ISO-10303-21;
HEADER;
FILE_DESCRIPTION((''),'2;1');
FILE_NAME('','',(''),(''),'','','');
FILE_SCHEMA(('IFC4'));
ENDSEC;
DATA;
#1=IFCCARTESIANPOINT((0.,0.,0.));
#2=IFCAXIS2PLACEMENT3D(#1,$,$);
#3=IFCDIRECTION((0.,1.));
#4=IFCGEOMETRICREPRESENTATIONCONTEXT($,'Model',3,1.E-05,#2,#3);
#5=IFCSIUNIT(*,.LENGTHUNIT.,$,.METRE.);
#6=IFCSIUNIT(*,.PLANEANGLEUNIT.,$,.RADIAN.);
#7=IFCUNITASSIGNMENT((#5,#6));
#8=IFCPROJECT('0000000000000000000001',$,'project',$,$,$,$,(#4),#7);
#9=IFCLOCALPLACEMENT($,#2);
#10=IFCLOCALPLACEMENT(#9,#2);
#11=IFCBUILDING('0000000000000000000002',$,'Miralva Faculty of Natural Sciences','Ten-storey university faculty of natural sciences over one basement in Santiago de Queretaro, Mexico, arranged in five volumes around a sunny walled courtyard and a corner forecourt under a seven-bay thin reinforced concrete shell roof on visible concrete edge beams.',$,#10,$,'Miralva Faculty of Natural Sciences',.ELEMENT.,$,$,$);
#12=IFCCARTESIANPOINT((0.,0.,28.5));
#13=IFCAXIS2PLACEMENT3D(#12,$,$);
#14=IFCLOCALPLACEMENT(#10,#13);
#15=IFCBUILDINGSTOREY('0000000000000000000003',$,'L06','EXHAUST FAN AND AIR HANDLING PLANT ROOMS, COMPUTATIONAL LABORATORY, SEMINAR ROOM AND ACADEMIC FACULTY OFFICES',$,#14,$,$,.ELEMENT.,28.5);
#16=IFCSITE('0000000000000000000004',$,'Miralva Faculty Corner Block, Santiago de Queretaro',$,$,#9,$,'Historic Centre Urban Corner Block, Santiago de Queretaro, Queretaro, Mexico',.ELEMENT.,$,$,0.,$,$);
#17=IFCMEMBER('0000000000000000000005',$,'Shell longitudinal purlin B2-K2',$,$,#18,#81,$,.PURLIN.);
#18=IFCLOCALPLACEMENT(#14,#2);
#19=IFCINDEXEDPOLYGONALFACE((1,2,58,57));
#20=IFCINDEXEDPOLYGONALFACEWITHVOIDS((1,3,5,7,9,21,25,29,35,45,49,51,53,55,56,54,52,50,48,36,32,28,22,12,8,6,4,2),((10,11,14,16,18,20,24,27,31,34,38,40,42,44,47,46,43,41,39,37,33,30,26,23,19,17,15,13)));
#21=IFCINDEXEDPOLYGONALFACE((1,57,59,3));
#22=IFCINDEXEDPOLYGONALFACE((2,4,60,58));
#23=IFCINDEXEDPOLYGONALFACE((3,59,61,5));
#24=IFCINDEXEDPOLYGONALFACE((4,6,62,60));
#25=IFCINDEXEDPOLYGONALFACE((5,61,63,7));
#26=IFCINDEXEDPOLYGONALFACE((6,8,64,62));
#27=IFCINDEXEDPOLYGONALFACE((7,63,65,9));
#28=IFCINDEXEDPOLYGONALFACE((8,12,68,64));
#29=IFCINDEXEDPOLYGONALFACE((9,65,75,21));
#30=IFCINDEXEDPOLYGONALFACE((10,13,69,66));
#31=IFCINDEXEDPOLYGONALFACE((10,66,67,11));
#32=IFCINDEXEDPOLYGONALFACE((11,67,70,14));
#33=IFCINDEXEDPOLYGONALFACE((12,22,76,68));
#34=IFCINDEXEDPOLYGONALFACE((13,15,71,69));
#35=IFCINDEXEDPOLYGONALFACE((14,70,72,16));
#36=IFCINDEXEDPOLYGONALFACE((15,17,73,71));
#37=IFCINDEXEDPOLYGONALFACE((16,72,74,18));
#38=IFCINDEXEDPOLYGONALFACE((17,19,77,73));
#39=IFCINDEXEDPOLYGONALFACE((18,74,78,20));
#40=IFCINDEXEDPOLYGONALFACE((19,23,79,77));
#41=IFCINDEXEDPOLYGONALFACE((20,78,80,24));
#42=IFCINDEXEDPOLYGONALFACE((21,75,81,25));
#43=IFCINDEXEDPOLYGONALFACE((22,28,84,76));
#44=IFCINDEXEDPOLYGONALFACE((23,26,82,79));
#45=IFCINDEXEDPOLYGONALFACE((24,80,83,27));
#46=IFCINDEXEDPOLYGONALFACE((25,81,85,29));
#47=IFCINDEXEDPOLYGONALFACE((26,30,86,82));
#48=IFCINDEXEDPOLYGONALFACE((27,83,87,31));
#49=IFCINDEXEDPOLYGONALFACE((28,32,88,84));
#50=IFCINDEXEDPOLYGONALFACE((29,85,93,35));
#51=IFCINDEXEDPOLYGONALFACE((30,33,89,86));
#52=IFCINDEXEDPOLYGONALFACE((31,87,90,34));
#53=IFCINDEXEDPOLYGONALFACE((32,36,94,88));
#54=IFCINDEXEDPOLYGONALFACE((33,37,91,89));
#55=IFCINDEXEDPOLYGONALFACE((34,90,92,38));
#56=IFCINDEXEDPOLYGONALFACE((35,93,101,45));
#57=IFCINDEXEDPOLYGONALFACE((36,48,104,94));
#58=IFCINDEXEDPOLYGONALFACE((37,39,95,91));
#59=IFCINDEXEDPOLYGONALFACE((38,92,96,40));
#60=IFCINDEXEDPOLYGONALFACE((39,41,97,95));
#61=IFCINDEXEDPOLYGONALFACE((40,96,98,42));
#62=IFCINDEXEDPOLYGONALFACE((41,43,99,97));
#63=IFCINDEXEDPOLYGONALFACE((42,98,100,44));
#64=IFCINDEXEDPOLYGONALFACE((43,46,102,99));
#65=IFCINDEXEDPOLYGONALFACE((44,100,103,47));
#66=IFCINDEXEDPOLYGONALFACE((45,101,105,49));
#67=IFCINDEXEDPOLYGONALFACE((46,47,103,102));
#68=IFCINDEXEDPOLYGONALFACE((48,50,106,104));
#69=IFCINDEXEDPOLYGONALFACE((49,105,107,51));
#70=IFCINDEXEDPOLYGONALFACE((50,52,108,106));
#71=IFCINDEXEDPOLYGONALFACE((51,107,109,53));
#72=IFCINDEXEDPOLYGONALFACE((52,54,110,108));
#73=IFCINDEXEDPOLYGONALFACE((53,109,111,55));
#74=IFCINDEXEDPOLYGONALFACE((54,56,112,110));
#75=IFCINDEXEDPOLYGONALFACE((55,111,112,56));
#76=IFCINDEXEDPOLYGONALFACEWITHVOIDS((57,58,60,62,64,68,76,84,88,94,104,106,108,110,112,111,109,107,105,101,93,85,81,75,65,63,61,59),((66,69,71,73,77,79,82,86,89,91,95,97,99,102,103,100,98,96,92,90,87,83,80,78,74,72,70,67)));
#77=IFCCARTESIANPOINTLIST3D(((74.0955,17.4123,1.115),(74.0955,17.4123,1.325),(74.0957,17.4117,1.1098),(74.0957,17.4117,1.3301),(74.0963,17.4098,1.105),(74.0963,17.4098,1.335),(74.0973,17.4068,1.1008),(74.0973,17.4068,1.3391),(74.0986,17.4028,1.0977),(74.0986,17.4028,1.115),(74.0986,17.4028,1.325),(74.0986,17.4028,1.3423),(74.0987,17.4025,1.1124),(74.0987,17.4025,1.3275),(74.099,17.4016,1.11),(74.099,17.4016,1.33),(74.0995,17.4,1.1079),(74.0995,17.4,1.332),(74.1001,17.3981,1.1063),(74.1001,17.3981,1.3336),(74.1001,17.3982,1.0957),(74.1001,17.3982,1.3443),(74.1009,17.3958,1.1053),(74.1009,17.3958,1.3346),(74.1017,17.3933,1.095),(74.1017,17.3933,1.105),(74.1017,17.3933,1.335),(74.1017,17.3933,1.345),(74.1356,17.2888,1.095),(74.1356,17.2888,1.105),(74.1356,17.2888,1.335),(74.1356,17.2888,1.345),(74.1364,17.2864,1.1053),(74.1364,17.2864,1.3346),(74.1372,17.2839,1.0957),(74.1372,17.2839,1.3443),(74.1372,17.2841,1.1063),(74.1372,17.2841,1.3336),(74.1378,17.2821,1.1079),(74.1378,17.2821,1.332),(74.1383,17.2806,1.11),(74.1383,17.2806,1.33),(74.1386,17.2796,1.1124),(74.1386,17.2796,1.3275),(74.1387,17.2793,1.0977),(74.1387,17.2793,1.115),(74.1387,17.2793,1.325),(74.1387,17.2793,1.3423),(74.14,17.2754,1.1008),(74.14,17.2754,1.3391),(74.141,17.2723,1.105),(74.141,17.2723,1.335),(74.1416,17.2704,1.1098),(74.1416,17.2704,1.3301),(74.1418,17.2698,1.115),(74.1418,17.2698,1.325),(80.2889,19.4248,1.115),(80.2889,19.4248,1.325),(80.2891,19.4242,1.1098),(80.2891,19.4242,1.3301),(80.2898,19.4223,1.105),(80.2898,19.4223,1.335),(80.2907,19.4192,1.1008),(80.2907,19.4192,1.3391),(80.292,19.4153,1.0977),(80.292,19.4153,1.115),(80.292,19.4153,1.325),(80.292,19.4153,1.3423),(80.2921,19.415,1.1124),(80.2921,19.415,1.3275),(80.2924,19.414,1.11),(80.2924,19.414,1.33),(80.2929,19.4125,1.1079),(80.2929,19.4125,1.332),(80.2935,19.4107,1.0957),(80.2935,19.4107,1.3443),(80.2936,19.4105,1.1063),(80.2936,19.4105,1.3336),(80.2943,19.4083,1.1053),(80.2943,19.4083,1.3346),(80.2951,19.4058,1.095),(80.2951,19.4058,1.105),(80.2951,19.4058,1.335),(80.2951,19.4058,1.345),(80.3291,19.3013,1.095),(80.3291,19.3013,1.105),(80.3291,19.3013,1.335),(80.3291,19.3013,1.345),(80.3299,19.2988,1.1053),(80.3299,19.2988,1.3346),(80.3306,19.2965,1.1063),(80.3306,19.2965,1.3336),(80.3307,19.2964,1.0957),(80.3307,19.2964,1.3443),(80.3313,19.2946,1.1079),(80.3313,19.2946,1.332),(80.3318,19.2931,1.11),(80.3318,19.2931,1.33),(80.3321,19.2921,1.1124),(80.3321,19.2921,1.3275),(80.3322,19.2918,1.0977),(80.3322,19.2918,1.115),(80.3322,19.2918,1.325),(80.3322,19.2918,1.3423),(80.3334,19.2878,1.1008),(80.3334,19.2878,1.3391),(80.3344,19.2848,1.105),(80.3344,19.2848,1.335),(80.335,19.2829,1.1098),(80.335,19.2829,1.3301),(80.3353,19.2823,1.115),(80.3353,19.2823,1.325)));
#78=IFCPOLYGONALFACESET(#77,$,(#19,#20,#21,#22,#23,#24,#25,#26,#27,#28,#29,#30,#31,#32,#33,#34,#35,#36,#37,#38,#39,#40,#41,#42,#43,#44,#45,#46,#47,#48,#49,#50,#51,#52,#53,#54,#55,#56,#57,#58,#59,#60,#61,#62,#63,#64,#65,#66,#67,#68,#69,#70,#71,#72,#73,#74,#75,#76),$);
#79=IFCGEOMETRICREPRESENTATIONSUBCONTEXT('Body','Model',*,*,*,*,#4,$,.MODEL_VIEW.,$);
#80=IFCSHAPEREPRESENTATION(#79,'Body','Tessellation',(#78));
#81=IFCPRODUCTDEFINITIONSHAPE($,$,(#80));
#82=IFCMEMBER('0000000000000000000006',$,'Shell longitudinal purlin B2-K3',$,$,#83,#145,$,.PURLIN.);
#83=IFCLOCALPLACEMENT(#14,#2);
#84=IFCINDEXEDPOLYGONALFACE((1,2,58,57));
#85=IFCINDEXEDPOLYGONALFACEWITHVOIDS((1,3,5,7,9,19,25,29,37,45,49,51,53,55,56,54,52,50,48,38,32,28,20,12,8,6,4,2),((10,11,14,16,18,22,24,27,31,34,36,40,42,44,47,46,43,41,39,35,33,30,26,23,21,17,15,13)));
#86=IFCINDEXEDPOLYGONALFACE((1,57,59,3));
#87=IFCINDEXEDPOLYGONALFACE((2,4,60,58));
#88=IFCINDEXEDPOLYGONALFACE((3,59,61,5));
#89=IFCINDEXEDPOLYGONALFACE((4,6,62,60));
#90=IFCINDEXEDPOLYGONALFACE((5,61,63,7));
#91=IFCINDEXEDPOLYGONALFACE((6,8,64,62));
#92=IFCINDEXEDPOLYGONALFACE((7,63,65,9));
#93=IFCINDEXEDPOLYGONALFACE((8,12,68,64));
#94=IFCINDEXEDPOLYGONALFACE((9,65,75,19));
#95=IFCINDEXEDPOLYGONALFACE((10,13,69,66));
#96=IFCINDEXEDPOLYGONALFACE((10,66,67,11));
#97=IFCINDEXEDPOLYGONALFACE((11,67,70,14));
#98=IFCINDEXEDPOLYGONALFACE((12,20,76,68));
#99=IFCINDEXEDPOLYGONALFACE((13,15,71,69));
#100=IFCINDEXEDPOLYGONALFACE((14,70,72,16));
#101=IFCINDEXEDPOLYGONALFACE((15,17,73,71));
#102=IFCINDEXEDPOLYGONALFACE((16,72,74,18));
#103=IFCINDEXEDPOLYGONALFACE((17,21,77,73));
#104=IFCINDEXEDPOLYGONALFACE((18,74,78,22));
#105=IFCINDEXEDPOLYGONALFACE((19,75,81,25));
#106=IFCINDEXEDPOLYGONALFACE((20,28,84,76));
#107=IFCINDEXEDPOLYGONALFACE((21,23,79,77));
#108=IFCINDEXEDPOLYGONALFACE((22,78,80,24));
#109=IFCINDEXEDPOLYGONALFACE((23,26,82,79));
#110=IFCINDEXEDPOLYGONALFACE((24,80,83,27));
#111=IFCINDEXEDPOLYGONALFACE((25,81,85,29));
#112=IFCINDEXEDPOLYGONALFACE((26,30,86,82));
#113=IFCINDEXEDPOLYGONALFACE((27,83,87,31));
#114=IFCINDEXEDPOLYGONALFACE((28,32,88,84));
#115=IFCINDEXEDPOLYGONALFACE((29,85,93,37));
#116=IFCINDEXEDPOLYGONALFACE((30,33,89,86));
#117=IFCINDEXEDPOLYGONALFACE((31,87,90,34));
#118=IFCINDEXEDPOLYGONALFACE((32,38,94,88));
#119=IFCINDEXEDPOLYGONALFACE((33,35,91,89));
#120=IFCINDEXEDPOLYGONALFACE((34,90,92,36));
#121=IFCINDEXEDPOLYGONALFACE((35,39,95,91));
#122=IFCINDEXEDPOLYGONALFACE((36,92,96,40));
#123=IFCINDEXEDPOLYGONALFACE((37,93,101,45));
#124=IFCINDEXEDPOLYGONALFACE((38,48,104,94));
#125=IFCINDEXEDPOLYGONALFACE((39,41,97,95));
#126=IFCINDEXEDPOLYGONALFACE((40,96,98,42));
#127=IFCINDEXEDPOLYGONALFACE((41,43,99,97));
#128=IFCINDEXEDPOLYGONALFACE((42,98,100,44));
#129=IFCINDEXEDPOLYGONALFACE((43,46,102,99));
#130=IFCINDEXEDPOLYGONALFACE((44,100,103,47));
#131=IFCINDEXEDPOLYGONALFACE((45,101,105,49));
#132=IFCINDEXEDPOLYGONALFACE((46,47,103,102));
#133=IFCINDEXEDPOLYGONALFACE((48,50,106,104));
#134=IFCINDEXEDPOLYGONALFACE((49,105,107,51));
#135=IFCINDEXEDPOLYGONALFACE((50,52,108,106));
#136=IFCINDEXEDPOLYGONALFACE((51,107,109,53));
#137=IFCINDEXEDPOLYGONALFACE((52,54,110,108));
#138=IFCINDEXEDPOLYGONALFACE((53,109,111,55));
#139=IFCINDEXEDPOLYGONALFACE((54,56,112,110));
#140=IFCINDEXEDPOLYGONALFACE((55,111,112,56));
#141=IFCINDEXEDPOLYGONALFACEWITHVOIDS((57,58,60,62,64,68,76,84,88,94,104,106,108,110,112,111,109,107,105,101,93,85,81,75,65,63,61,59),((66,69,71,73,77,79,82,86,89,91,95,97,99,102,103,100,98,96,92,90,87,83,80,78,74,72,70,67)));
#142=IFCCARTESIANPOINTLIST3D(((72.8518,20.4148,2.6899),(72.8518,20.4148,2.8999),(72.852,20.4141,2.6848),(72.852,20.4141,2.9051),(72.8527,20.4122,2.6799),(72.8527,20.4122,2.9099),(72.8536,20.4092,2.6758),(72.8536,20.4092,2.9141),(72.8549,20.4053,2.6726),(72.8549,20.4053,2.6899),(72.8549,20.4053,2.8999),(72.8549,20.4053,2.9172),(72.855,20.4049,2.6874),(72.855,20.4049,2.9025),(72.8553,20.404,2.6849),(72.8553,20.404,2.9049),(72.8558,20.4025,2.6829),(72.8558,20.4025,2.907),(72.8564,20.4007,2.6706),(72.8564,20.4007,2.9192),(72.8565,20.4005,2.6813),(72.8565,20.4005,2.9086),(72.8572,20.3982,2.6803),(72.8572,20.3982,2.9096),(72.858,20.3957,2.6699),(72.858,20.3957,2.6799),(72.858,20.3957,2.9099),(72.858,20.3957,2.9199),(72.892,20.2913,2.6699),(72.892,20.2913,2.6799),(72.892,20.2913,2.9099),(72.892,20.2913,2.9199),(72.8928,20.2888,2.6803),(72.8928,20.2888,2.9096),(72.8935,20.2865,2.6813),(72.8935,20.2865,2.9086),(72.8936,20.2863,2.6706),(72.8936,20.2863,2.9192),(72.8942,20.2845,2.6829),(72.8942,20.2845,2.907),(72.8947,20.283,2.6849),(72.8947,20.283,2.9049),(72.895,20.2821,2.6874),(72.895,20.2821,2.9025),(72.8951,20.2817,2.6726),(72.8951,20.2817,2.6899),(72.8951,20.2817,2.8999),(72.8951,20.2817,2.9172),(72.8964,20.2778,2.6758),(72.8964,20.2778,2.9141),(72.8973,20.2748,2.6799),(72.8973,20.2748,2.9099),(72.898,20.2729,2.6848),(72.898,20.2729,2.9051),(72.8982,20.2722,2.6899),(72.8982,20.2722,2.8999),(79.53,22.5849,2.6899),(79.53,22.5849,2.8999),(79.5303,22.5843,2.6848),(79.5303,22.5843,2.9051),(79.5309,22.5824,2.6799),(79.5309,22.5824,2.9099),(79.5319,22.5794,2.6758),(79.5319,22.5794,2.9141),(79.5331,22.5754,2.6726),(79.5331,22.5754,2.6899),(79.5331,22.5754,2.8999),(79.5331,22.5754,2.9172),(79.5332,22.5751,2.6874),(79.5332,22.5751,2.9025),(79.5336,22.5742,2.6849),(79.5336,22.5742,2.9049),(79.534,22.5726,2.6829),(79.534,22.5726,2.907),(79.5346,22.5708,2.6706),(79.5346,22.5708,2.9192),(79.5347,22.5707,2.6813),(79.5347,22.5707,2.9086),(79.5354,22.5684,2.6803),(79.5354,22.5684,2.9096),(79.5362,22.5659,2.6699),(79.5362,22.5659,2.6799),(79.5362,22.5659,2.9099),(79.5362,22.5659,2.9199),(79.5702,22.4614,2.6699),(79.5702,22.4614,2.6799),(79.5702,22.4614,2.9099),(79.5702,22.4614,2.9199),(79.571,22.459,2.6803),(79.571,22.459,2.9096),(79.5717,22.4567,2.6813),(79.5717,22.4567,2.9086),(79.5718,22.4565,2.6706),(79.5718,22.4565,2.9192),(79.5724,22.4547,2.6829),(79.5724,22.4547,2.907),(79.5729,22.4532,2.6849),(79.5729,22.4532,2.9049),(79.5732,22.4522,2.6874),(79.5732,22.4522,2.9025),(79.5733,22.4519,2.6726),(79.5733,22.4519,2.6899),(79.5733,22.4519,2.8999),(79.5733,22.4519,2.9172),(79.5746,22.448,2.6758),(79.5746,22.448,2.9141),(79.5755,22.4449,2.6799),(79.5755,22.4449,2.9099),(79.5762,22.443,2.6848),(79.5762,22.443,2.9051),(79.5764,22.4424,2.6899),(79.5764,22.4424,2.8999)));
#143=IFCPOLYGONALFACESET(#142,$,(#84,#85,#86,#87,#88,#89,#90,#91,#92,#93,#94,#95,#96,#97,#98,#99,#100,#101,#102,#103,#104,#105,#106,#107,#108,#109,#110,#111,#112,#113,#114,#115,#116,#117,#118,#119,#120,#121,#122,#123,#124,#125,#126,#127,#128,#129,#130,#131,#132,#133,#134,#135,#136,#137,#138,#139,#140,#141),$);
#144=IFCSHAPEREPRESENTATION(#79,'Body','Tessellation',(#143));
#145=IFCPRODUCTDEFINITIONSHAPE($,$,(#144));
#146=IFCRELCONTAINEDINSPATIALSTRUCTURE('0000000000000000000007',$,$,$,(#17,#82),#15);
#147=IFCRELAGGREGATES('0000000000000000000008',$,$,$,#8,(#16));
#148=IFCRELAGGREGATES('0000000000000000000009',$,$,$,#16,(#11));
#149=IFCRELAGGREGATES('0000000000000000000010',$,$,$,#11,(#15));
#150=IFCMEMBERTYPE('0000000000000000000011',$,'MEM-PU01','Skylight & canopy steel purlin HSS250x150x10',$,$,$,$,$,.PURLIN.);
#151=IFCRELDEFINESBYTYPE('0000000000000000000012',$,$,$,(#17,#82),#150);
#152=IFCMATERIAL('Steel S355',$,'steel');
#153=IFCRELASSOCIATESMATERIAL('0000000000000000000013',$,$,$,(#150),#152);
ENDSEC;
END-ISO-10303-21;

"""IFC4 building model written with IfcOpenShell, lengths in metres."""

from ifc_helpers import new_model, si_unit, direction, frame, origin, origin_2d, place, context, subcontext, project, spatial, hollow_rectangle, extrude, material, material_profile, profile_set, type_object, element, save


model = new_model("IFC4")

# Units and contexts
model_context = context("Model", 3, precision=1e-05, world=origin(), true_north=direction((0.0, 1.0)))
body_context = subcontext(model_context, "Body", "Model", "MODEL_VIEW")
ifc_project = project(units=[si_unit("LENGTHUNIT", "METRE"), si_unit("PLANEANGLEUNIT", "RADIAN")], contexts=[model_context])

# Site, building, storey
site_placement = place(None, origin())
site = spatial("IfcSite", under=ifc_project, at=site_placement, Name="Miralva Faculty Corner Block, Santiago de Queretaro", LongName="Historic Centre Urban Corner Block, Santiago de Queretaro, Queretaro, Mexico", CompositionType="ELEMENT", RefElevation=0.0)
building_placement = place(site_placement, origin())
building = spatial("IfcBuilding", under=site, at=building_placement, Name="Miralva Faculty of Natural Sciences", Description="Ten-storey university faculty of natural sciences over one basement in Santiago de Queretaro, Mexico, arranged in five volumes around a sunny walled courtyard and a corner forecourt under a seven-bay thin reinforced concrete shell roof on visible concrete edge beams.", LongName="Miralva Faculty of Natural Sciences", CompositionType="ELEMENT")
storey_placement = place(building_placement, frame((0.0, 0.0, 28.5)))
storey = spatial("IfcBuildingStorey", under=building, at=storey_placement, Name="L06", Description="EXHAUST FAN AND AIR HANDLING PLANT ROOMS, COMPUTATIONAL LABORATORY, SEMINAR ROOM AND ACADEMIC FACULTY OFFICES", CompositionType="ELEMENT", Elevation=28.5)

# Members
ifc_material_1 = material(Name="Steel S355", Category="steel")
ifc_material_profile_1 = material_profile(ifc_material_1, hollow_rectangle(XDim=0.1499, YDim=0.25, WallThickness=0.01, InnerFilletRadius=0.01, OuterFilletRadius=0.02, at=origin_2d()), Name="HSS 250x150x10")
ifc_profile_set_1 = profile_set([ifc_material_profile_1], Name="Steel S355")
member_type = type_object("IfcMemberType", Name="MEM-PU01", Description="Skylight & canopy steel purlin HSS250x150x10", PredefinedType="PURLIN", material=ifc_profile_set_1)
member_1_placement = place(storey_placement, frame((74.1187, 17.3411, 1.22), z_axis=(0.951052, 0.309032, 0.0), x_axis=(-0.309032, 0.951052, 0.0)))
element("IfcMember", 1, at=member_1_placement, inside=storey, type_object=member_type, Name="Shell longitudinal purlin B2-K2", PredefinedType="PURLIN", context=body_context, shape_type="SweptSolid", body=[
    extrude(hollow_rectangle(XDim=0.1499, YDim=0.25, WallThickness=0.01, InnerFilletRadius=0.01, OuterFilletRadius=0.02, at=origin_2d()), origin(), (0.0, 0.0, 1.0), 6.5122),
])
member_2_placement = place(storey_placement, frame((72.875, 20.3435, 2.7949), z_axis=(0.951045, 0.309053, 0.0), x_axis=(-0.309053, 0.951045, 0.0)))
element("IfcMember", 2, at=member_2_placement, inside=storey, type_object=member_type, Name="Shell longitudinal purlin B2-K3", PredefinedType="PURLIN", context=body_context, shape_type="SweptSolid", body=[
    extrude(hollow_rectangle(XDim=0.1499, YDim=0.25, WallThickness=0.01, InnerFilletRadius=0.01, OuterFilletRadius=0.02, at=origin_2d()), origin(), (0.0, 0.0, 1.0), 7.022),
])

save(model, "model.ifc")
